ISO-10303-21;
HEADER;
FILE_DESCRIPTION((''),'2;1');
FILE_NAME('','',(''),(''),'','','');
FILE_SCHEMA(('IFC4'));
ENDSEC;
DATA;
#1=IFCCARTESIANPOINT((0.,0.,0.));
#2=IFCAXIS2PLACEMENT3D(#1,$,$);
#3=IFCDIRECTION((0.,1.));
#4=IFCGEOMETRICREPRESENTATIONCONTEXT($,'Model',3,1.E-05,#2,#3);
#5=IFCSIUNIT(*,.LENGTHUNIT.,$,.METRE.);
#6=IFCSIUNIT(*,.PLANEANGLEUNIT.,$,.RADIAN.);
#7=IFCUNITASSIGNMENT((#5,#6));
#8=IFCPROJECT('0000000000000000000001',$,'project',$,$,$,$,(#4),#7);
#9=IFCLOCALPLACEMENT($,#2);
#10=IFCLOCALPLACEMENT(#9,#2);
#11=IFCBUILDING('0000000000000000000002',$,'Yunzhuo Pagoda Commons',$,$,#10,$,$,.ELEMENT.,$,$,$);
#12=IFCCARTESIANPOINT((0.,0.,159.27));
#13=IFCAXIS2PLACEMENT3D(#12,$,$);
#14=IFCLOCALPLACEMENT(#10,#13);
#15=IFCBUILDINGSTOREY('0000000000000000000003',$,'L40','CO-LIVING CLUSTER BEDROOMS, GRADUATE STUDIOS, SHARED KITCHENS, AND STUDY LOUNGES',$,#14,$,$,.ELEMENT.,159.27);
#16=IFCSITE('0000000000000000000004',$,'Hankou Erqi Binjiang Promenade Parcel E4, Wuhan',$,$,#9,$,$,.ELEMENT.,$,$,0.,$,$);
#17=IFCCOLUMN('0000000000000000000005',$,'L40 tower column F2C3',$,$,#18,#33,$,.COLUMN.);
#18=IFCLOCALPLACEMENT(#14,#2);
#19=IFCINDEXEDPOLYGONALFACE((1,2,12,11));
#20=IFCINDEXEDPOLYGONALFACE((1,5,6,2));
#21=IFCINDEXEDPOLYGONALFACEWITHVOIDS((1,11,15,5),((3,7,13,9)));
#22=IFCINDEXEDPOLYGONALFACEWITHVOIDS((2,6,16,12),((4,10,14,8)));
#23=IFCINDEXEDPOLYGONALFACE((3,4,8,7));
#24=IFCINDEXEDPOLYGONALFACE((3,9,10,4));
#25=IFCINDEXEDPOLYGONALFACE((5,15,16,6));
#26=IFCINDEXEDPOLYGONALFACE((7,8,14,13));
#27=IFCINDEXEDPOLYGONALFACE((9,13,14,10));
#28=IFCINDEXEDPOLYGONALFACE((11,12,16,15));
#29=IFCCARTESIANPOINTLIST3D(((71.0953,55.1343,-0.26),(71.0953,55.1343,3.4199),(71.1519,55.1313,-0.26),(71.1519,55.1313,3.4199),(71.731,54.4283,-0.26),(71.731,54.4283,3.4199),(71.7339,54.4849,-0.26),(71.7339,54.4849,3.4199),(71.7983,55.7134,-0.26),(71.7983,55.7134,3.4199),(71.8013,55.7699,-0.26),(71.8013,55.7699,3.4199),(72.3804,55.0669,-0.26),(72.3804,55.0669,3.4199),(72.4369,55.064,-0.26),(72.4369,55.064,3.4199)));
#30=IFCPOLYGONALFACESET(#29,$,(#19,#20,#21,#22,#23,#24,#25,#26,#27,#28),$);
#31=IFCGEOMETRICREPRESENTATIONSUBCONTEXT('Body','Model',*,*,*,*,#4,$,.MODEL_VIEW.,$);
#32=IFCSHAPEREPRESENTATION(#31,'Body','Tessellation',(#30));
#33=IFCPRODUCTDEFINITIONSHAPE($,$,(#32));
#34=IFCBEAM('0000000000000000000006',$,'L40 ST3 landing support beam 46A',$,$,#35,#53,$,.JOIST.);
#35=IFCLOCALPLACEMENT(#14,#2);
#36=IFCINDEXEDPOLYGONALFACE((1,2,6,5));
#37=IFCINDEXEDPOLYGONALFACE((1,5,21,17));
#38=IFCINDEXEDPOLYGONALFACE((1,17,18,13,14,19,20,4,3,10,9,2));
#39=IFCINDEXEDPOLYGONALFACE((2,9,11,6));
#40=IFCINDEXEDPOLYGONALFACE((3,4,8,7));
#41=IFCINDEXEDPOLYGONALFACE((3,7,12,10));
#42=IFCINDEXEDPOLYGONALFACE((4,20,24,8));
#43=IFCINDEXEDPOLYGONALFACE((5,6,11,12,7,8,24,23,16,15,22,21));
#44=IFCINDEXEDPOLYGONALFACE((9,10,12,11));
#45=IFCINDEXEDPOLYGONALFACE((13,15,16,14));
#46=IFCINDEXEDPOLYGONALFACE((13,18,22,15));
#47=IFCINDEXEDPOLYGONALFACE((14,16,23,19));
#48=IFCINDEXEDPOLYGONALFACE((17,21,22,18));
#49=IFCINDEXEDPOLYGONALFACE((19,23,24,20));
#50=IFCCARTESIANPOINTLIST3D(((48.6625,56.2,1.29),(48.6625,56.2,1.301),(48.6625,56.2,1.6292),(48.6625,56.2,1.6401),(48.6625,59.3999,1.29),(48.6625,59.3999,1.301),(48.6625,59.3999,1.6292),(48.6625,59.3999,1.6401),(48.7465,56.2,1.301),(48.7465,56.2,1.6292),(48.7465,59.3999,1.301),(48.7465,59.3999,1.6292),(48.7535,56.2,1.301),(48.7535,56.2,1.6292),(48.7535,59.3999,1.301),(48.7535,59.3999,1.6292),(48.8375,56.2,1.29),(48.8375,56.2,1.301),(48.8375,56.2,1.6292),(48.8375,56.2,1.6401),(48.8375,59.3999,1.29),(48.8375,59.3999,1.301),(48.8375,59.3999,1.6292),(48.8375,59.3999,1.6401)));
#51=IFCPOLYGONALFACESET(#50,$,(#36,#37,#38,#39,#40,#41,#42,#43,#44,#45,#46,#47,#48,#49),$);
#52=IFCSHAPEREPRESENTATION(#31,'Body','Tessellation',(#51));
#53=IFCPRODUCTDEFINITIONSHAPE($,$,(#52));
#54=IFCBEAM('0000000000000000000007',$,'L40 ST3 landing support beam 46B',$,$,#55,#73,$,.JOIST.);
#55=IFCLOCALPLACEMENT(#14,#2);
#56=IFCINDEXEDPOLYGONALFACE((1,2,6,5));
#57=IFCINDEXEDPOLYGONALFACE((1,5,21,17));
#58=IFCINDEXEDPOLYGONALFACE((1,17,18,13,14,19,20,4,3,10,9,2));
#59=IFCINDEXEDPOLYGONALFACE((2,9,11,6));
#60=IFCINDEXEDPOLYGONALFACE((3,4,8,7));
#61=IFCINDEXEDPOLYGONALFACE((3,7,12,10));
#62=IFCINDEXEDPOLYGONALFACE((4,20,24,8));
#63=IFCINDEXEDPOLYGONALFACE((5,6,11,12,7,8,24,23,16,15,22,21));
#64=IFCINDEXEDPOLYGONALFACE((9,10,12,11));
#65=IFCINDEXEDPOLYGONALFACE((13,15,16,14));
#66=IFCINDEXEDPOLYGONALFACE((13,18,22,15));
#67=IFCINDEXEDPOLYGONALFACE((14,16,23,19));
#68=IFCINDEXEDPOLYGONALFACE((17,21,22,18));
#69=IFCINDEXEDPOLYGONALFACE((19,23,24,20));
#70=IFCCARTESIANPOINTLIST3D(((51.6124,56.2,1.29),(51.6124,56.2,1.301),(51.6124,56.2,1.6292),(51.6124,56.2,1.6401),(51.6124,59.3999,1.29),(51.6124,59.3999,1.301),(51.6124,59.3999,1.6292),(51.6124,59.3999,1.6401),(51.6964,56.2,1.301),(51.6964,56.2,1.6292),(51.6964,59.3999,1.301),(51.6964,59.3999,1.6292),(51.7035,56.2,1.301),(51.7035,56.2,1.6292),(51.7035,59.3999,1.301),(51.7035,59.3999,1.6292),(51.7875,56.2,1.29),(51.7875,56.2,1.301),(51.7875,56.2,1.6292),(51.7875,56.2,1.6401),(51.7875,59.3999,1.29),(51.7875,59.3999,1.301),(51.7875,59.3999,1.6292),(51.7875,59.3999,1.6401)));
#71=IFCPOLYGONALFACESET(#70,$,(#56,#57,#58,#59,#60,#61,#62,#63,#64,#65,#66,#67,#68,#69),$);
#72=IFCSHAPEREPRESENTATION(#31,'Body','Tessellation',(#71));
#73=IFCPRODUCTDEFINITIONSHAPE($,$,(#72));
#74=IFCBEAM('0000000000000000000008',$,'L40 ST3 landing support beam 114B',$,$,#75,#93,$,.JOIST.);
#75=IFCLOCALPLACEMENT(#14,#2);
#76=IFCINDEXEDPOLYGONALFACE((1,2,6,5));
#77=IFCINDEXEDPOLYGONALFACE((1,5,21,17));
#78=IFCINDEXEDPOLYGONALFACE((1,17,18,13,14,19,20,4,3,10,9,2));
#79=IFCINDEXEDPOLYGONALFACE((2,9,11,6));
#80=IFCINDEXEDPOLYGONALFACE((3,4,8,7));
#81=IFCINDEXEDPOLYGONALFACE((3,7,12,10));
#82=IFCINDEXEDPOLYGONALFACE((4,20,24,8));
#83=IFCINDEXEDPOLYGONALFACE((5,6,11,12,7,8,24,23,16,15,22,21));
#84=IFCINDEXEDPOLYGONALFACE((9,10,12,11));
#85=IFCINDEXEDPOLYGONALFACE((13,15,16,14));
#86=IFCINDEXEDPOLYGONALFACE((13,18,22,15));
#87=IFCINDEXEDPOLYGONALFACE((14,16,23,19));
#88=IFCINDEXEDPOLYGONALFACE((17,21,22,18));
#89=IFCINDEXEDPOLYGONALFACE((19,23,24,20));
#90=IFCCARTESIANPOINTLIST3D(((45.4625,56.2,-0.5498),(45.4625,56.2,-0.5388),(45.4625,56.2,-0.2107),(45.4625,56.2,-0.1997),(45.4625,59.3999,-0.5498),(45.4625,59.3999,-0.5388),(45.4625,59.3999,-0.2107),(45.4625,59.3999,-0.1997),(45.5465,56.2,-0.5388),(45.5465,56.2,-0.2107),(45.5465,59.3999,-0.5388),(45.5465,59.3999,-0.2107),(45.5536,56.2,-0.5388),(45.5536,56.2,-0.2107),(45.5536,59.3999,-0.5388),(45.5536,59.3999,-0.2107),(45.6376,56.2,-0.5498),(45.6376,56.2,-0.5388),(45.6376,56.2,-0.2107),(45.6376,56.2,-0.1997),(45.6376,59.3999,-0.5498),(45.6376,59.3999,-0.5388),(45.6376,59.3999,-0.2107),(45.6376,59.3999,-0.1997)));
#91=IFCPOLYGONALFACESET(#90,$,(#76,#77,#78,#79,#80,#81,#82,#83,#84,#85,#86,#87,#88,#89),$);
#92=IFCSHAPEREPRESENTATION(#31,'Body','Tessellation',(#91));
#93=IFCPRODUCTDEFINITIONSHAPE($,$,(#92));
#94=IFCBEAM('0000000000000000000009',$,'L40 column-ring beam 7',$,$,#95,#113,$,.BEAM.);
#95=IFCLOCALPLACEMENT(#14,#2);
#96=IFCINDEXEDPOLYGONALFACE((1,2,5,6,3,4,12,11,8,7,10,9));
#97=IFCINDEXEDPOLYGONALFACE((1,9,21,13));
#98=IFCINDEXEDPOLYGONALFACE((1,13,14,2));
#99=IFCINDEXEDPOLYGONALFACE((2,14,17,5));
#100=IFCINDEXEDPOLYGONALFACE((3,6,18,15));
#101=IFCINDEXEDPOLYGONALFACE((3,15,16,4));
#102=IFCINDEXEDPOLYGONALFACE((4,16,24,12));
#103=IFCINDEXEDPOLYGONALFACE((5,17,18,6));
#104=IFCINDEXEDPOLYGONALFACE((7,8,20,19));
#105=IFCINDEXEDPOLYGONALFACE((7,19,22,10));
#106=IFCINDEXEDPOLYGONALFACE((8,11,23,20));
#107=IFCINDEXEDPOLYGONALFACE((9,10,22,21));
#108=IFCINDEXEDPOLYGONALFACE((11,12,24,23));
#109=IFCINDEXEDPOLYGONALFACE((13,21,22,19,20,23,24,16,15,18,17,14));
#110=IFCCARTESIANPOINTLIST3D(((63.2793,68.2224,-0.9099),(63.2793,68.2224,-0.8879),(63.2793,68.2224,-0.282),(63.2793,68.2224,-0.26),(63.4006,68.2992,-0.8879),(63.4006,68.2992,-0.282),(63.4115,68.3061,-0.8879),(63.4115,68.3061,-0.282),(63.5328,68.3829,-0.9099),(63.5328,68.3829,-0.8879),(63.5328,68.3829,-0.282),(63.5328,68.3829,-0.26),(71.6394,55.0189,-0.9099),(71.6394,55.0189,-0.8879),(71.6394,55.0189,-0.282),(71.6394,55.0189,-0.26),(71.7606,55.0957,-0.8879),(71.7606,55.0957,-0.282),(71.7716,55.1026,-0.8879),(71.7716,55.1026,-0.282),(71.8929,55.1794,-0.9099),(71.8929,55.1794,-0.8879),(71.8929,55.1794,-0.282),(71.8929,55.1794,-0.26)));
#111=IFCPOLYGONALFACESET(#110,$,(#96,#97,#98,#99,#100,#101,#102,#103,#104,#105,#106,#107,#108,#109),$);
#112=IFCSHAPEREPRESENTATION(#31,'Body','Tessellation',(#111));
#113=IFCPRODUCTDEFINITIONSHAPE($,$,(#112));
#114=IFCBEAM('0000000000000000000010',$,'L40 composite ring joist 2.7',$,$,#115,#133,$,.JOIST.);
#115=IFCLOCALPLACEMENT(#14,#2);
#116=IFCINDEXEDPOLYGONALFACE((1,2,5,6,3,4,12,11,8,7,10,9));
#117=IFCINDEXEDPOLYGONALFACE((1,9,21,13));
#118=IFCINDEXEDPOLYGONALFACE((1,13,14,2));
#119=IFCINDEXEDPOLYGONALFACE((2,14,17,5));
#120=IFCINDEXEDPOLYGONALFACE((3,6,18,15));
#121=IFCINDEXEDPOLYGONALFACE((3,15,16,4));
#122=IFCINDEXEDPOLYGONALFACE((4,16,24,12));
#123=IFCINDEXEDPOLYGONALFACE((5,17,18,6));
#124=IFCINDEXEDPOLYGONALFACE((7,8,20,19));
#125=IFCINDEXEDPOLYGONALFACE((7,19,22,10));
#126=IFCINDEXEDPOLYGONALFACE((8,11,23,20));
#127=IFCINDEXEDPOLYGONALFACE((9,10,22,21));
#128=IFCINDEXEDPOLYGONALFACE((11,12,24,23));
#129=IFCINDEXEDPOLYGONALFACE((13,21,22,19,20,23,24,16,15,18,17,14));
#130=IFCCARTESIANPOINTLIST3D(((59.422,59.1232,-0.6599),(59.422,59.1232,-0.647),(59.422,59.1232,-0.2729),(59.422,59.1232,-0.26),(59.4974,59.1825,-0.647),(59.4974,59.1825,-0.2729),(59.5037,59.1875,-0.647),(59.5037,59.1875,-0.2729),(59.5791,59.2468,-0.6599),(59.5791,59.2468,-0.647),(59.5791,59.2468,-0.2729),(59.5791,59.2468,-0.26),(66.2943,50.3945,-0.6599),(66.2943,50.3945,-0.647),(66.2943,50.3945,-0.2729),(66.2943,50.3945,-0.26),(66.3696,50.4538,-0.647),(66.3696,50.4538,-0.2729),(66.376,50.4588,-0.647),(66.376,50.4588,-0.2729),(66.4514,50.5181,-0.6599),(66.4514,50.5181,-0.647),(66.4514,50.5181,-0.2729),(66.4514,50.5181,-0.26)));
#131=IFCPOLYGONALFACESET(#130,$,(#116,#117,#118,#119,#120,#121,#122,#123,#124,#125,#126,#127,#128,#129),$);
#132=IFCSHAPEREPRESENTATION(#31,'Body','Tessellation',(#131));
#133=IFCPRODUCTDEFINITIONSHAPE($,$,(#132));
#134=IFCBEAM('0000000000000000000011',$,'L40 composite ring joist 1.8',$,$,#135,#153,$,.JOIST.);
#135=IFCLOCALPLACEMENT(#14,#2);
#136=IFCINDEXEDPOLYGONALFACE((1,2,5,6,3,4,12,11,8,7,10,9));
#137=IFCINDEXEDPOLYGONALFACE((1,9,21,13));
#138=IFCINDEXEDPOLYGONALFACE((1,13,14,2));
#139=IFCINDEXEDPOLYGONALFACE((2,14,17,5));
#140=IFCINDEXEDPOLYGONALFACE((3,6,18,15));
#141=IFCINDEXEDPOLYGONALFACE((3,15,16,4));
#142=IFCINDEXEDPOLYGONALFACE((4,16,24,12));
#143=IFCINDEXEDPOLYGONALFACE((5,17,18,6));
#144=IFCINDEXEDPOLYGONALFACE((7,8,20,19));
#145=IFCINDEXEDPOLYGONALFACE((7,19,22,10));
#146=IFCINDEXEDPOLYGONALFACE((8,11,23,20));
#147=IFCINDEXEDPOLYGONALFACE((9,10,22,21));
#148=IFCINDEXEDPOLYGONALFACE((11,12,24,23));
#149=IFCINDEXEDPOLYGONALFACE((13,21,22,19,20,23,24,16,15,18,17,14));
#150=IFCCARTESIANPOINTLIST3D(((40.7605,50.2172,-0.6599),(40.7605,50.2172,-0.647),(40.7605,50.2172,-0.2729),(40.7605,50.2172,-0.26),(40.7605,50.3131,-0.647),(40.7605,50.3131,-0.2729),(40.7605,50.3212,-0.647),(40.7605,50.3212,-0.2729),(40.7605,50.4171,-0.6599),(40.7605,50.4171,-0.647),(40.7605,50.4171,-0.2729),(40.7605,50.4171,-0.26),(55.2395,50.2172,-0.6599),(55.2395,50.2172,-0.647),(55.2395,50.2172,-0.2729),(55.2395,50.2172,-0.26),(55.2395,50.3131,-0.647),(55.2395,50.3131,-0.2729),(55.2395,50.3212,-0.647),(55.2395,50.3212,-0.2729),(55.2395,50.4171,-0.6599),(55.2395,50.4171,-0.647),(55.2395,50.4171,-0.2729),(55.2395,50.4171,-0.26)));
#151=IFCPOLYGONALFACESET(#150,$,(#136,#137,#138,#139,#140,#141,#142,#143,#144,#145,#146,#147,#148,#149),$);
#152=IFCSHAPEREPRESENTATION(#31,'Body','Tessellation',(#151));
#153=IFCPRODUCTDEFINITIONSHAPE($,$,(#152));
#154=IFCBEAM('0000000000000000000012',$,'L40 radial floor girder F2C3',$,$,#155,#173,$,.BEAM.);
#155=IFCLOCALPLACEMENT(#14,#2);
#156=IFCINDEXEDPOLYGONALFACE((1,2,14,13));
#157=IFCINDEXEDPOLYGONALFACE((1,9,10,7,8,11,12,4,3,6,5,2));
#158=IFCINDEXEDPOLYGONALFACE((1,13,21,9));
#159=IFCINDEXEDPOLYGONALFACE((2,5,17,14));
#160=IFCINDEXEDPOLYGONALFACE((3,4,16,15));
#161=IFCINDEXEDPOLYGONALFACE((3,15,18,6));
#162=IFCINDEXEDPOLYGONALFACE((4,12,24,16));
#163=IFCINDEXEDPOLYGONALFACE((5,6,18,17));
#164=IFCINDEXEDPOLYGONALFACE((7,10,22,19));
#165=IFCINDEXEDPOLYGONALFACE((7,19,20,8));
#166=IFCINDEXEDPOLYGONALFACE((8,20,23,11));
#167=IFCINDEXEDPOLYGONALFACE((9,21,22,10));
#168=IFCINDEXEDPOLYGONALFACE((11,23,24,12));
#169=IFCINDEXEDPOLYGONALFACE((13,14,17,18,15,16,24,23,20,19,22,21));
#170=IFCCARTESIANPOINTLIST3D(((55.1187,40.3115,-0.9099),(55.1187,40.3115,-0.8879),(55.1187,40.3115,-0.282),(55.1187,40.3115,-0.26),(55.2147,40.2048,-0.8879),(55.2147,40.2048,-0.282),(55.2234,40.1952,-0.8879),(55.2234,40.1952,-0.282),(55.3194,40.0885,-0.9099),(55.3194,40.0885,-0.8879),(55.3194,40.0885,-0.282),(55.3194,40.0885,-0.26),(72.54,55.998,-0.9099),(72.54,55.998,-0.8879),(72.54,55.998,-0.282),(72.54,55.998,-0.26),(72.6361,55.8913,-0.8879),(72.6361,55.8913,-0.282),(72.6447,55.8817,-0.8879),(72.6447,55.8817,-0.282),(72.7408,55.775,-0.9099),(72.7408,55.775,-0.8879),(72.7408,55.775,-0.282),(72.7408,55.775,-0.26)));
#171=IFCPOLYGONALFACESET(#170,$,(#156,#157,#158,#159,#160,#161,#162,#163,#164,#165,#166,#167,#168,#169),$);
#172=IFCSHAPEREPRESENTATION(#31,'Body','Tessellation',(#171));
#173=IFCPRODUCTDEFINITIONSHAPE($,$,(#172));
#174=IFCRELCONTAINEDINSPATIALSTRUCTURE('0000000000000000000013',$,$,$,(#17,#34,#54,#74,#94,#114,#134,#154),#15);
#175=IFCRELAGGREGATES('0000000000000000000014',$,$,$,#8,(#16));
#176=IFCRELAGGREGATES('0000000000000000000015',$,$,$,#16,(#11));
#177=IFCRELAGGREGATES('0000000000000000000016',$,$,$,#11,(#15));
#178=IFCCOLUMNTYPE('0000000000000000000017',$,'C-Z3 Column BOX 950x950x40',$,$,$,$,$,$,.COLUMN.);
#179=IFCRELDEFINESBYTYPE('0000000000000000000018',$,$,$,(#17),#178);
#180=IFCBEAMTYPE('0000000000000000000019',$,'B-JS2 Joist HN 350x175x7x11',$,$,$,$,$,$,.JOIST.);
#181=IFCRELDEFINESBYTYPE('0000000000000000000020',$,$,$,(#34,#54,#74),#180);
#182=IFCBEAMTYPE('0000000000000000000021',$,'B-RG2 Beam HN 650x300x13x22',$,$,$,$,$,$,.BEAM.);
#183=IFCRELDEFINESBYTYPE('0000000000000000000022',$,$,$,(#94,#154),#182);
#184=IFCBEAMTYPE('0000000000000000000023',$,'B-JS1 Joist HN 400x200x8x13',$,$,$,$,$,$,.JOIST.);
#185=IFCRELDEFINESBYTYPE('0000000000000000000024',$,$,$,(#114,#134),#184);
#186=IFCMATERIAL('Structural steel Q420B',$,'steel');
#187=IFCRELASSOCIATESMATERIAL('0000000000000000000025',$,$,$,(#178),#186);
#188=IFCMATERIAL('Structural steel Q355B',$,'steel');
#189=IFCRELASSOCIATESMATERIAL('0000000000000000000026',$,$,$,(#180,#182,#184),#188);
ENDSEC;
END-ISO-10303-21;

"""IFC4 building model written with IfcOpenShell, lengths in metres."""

from ifc_helpers import new_model, si_unit, direction, frame, origin, origin_2d, place, context, subcontext, project, spatial, hollow_rectangle, i_section, extrude, source, transform, mapped, material, material_profile, profile_set, type_object, element, save


model = new_model("IFC4")

# Units and contexts
model_context = context("Model", 3, precision=1e-05, world=origin(), true_north=direction((0.0, 1.0)))
body_context = subcontext(model_context, "Body", "Model", "MODEL_VIEW")
ifc_project = project(units=[si_unit("LENGTHUNIT", "METRE"), si_unit("PLANEANGLEUNIT", "RADIAN")], contexts=[model_context])

# Site, building, storey
site_placement = place(None, origin())
site = spatial("IfcSite", under=ifc_project, at=site_placement, Name="Hankou Erqi Binjiang Promenade Parcel E4, Wuhan", CompositionType="ELEMENT", RefElevation=0.0)
building_placement = place(site_placement, origin())
building = spatial("IfcBuilding", under=site, at=building_placement, Name="Yunzhuo Pagoda Commons", CompositionType="ELEMENT")
storey_placement = place(building_placement, frame((0.0, 0.0, 159.27)))
storey = spatial("IfcBuildingStorey", under=building, at=storey_placement, Name="L40", Description="CO-LIVING CLUSTER BEDROOMS, GRADUATE STUDIOS, SHARED KITCHENS, AND STUDY LOUNGES", CompositionType="ELEMENT", Elevation=159.27)

# Column
ifc_material_1 = material(Name="Structural steel Q420B", Category="steel")
ifc_material_profile_1 = material_profile(ifc_material_1, hollow_rectangle(XDim=0.95, YDim=0.95, WallThickness=0.04, at=origin_2d()), Name="Structural steel Q420B")
ifc_profile_set_1 = profile_set([ifc_material_profile_1], Name="Structural steel Q420B")
column_type = type_object("IfcColumnType", Name="C-Z3 Column BOX 950x950x40", PredefinedType="COLUMN", material=ifc_profile_set_1)
shared_shape_1 = source(origin(), body_context, "Body", "SweptSolid", [
    extrude(hollow_rectangle(XDim=0.95, YDim=0.95, WallThickness=0.04, at=origin_2d()), origin(), (0.0, 0.0, 1.0), 3.6799),
])
column_placement = place(storey_placement, frame((71.7661, 55.0991, -0.26), z_axis=(0.0, 0.0, 1.0), x_axis=(-0.669131, 0.743145, 0.0)))
element("IfcColumn", 1, at=column_placement, inside=storey, type_object=column_type, Name="L40 tower column F2C3", PredefinedType="COLUMN", context=body_context, shape_type="MappedRepresentation", body=[
    mapped(shared_shape_1, transform((0.0, 0.0, 0.0), scale=1.0)),
])

# Beams
ifc_material_2 = material(Name="Structural steel Q355B", Category="steel")
ifc_material_profile_2 = material_profile(ifc_material_2, i_section(OverallWidth=0.175, OverallDepth=0.3501, WebThickness=0.0071, FlangeThickness=0.011, at=origin_2d()), Name="Structural steel Q355B")
ifc_profile_set_2 = profile_set([ifc_material_profile_2], Name="Structural steel Q355B")
beam_type_1 = type_object("IfcBeamType", Name="B-JS2 Joist HN 350x175x7x11", PredefinedType="JOIST", material=ifc_profile_set_2)
shared_shape_2 = source(origin(), body_context, "Body", "SweptSolid", [
    extrude(i_section(OverallWidth=0.175, OverallDepth=0.3501, WebThickness=0.0071, FlangeThickness=0.011, at=origin_2d()), origin(), (0.0, 0.0, 1.0), 3.2),
])
for number, where, z_axis, x_axis, name in (
    (2, (48.75, 56.2, 1.4651), (0.0, 1.0, 0.0), (-1.0, 0.0, 0.0), "L40 ST3 landing support beam 46A"),
    (3, (51.7, 56.2, 1.4651), (0.0, 1.0, 0.0), (-1.0, 0.0, 0.0), "L40 ST3 landing support beam 46B"),
    (4, (45.55, 56.2, -0.3748), (0.0, 1.0, 0.0), (-1.0, 0.0, 0.0), "L40 ST3 landing support beam 114B"),
):
    element("IfcBeam", number, at=place(storey_placement, frame(where, z_axis=z_axis, x_axis=x_axis)), inside=storey, type_object=beam_type_1, Name=name, PredefinedType="JOIST", context=body_context, shape_type="MappedRepresentation", body=[
        mapped(shared_shape_2, transform((0.0, 0.0, 0.0), scale=1.0)),
    ])
ifc_material_profile_3 = material_profile(ifc_material_2, i_section(OverallWidth=0.3, OverallDepth=0.6499, WebThickness=0.0129, FlangeThickness=0.022, at=origin_2d()), Name="Structural steel Q355B")
ifc_profile_set_3 = profile_set([ifc_material_profile_3], Name="Structural steel Q355B")
beam_type_2 = type_object("IfcBeamType", Name="B-RG2 Beam HN 650x300x13x22", PredefinedType="BEAM", material=ifc_profile_set_3)
shared_shape_3 = source(origin(), body_context, "Body", "SweptSolid", [
    extrude(i_section(OverallWidth=0.3, OverallDepth=0.6499, WebThickness=0.0129, FlangeThickness=0.022, at=origin_2d()), origin(), (0.0, 0.0, 1.0), 15.6277),
])
beam_1_placement = place(storey_placement, frame((71.7661, 55.0991, -0.585), z_axis=(-0.534952, 0.844882, 0.0), x_axis=(-0.844882, -0.534952, 0.0)))
element("IfcBeam", 5, at=beam_1_placement, inside=storey, type_object=beam_type_2, Name="L40 column-ring beam 7", PredefinedType="BEAM", context=body_context, shape_type="MappedRepresentation", body=[
    mapped(shared_shape_3, transform((0.0, 0.0, 0.0), scale=1.0)),
])
ifc_material_profile_4 = material_profile(ifc_material_2, i_section(OverallWidth=0.2, OverallDepth=0.3999, WebThickness=0.0081, FlangeThickness=0.0129, at=origin_2d()), Name="Structural steel Q355B")
ifc_profile_set_4 = profile_set([ifc_material_profile_4], Name="Structural steel Q355B")
beam_type_3 = type_object("IfcBeamType", Name="B-JS1 Joist HN 400x200x8x13", PredefinedType="JOIST", material=ifc_profile_set_4)
shared_shape_4 = source(origin(), body_context, "Body", "SweptSolid", [
    extrude(i_section(OverallWidth=0.2, OverallDepth=0.3999, WebThickness=0.0081, FlangeThickness=0.0129, at=origin_2d()), origin(), (0.0, 0.0, 1.0), 11.1094),
])
beam_2_placement = place(storey_placement, frame((66.3728, 50.4563, -0.46), z_axis=(-0.618601, 0.785706, 0.0), x_axis=(-0.785706, -0.618601, 0.0)))
element("IfcBeam", 6, at=beam_2_placement, inside=storey, type_object=beam_type_3, Name="L40 composite ring joist 2.7", PredefinedType="JOIST", context=body_context, shape_type="MappedRepresentation", body=[
    mapped(shared_shape_4, transform((0.0, 0.0, 0.0), scale=1.0)),
])
shared_shape_5 = source(origin(), body_context, "Body", "SweptSolid", [
    extrude(i_section(OverallWidth=0.2, OverallDepth=0.3999, WebThickness=0.0081, FlangeThickness=0.0129, at=origin_2d()), origin(), (0.0, 0.0, 1.0), 14.479),
])
beam_3_placement = place(storey_placement, frame((55.2395, 50.3171, -0.46), z_axis=(-1.0, 0.0, 0.0), x_axis=(0.0, -1.0, 0.0)))
element("IfcBeam", 7, at=beam_3_placement, inside=storey, type_object=beam_type_3, Name="L40 composite ring joist 1.8", PredefinedType="JOIST", context=body_context, shape_type="MappedRepresentation", body=[
    mapped(shared_shape_5, transform((0.0, 0.0, 0.0), scale=1.0)),
])
shared_shape_6 = source(origin(), body_context, "Body", "SweptSolid", [
    extrude(i_section(OverallWidth=0.3, OverallDepth=0.6499, WebThickness=0.0129, FlangeThickness=0.022, at=origin_2d()), origin(), (0.0, 0.0, 1.0), 23.4429),
])
beam_4_placement = place(storey_placement, frame((72.6404, 55.8865, -0.585), z_axis=(-0.74314, -0.669136, 0.0), x_axis=(0.669136, -0.74314, 0.0)))
element("IfcBeam", 8, at=beam_4_placement, inside=storey, type_object=beam_type_2, Name="L40 radial floor girder F2C3", PredefinedType="BEAM", context=body_context, shape_type="MappedRepresentation", body=[
    mapped(shared_shape_6, transform((0.0, 0.0, 0.0), scale=1.0)),
])

save(model, "model.ifc")
